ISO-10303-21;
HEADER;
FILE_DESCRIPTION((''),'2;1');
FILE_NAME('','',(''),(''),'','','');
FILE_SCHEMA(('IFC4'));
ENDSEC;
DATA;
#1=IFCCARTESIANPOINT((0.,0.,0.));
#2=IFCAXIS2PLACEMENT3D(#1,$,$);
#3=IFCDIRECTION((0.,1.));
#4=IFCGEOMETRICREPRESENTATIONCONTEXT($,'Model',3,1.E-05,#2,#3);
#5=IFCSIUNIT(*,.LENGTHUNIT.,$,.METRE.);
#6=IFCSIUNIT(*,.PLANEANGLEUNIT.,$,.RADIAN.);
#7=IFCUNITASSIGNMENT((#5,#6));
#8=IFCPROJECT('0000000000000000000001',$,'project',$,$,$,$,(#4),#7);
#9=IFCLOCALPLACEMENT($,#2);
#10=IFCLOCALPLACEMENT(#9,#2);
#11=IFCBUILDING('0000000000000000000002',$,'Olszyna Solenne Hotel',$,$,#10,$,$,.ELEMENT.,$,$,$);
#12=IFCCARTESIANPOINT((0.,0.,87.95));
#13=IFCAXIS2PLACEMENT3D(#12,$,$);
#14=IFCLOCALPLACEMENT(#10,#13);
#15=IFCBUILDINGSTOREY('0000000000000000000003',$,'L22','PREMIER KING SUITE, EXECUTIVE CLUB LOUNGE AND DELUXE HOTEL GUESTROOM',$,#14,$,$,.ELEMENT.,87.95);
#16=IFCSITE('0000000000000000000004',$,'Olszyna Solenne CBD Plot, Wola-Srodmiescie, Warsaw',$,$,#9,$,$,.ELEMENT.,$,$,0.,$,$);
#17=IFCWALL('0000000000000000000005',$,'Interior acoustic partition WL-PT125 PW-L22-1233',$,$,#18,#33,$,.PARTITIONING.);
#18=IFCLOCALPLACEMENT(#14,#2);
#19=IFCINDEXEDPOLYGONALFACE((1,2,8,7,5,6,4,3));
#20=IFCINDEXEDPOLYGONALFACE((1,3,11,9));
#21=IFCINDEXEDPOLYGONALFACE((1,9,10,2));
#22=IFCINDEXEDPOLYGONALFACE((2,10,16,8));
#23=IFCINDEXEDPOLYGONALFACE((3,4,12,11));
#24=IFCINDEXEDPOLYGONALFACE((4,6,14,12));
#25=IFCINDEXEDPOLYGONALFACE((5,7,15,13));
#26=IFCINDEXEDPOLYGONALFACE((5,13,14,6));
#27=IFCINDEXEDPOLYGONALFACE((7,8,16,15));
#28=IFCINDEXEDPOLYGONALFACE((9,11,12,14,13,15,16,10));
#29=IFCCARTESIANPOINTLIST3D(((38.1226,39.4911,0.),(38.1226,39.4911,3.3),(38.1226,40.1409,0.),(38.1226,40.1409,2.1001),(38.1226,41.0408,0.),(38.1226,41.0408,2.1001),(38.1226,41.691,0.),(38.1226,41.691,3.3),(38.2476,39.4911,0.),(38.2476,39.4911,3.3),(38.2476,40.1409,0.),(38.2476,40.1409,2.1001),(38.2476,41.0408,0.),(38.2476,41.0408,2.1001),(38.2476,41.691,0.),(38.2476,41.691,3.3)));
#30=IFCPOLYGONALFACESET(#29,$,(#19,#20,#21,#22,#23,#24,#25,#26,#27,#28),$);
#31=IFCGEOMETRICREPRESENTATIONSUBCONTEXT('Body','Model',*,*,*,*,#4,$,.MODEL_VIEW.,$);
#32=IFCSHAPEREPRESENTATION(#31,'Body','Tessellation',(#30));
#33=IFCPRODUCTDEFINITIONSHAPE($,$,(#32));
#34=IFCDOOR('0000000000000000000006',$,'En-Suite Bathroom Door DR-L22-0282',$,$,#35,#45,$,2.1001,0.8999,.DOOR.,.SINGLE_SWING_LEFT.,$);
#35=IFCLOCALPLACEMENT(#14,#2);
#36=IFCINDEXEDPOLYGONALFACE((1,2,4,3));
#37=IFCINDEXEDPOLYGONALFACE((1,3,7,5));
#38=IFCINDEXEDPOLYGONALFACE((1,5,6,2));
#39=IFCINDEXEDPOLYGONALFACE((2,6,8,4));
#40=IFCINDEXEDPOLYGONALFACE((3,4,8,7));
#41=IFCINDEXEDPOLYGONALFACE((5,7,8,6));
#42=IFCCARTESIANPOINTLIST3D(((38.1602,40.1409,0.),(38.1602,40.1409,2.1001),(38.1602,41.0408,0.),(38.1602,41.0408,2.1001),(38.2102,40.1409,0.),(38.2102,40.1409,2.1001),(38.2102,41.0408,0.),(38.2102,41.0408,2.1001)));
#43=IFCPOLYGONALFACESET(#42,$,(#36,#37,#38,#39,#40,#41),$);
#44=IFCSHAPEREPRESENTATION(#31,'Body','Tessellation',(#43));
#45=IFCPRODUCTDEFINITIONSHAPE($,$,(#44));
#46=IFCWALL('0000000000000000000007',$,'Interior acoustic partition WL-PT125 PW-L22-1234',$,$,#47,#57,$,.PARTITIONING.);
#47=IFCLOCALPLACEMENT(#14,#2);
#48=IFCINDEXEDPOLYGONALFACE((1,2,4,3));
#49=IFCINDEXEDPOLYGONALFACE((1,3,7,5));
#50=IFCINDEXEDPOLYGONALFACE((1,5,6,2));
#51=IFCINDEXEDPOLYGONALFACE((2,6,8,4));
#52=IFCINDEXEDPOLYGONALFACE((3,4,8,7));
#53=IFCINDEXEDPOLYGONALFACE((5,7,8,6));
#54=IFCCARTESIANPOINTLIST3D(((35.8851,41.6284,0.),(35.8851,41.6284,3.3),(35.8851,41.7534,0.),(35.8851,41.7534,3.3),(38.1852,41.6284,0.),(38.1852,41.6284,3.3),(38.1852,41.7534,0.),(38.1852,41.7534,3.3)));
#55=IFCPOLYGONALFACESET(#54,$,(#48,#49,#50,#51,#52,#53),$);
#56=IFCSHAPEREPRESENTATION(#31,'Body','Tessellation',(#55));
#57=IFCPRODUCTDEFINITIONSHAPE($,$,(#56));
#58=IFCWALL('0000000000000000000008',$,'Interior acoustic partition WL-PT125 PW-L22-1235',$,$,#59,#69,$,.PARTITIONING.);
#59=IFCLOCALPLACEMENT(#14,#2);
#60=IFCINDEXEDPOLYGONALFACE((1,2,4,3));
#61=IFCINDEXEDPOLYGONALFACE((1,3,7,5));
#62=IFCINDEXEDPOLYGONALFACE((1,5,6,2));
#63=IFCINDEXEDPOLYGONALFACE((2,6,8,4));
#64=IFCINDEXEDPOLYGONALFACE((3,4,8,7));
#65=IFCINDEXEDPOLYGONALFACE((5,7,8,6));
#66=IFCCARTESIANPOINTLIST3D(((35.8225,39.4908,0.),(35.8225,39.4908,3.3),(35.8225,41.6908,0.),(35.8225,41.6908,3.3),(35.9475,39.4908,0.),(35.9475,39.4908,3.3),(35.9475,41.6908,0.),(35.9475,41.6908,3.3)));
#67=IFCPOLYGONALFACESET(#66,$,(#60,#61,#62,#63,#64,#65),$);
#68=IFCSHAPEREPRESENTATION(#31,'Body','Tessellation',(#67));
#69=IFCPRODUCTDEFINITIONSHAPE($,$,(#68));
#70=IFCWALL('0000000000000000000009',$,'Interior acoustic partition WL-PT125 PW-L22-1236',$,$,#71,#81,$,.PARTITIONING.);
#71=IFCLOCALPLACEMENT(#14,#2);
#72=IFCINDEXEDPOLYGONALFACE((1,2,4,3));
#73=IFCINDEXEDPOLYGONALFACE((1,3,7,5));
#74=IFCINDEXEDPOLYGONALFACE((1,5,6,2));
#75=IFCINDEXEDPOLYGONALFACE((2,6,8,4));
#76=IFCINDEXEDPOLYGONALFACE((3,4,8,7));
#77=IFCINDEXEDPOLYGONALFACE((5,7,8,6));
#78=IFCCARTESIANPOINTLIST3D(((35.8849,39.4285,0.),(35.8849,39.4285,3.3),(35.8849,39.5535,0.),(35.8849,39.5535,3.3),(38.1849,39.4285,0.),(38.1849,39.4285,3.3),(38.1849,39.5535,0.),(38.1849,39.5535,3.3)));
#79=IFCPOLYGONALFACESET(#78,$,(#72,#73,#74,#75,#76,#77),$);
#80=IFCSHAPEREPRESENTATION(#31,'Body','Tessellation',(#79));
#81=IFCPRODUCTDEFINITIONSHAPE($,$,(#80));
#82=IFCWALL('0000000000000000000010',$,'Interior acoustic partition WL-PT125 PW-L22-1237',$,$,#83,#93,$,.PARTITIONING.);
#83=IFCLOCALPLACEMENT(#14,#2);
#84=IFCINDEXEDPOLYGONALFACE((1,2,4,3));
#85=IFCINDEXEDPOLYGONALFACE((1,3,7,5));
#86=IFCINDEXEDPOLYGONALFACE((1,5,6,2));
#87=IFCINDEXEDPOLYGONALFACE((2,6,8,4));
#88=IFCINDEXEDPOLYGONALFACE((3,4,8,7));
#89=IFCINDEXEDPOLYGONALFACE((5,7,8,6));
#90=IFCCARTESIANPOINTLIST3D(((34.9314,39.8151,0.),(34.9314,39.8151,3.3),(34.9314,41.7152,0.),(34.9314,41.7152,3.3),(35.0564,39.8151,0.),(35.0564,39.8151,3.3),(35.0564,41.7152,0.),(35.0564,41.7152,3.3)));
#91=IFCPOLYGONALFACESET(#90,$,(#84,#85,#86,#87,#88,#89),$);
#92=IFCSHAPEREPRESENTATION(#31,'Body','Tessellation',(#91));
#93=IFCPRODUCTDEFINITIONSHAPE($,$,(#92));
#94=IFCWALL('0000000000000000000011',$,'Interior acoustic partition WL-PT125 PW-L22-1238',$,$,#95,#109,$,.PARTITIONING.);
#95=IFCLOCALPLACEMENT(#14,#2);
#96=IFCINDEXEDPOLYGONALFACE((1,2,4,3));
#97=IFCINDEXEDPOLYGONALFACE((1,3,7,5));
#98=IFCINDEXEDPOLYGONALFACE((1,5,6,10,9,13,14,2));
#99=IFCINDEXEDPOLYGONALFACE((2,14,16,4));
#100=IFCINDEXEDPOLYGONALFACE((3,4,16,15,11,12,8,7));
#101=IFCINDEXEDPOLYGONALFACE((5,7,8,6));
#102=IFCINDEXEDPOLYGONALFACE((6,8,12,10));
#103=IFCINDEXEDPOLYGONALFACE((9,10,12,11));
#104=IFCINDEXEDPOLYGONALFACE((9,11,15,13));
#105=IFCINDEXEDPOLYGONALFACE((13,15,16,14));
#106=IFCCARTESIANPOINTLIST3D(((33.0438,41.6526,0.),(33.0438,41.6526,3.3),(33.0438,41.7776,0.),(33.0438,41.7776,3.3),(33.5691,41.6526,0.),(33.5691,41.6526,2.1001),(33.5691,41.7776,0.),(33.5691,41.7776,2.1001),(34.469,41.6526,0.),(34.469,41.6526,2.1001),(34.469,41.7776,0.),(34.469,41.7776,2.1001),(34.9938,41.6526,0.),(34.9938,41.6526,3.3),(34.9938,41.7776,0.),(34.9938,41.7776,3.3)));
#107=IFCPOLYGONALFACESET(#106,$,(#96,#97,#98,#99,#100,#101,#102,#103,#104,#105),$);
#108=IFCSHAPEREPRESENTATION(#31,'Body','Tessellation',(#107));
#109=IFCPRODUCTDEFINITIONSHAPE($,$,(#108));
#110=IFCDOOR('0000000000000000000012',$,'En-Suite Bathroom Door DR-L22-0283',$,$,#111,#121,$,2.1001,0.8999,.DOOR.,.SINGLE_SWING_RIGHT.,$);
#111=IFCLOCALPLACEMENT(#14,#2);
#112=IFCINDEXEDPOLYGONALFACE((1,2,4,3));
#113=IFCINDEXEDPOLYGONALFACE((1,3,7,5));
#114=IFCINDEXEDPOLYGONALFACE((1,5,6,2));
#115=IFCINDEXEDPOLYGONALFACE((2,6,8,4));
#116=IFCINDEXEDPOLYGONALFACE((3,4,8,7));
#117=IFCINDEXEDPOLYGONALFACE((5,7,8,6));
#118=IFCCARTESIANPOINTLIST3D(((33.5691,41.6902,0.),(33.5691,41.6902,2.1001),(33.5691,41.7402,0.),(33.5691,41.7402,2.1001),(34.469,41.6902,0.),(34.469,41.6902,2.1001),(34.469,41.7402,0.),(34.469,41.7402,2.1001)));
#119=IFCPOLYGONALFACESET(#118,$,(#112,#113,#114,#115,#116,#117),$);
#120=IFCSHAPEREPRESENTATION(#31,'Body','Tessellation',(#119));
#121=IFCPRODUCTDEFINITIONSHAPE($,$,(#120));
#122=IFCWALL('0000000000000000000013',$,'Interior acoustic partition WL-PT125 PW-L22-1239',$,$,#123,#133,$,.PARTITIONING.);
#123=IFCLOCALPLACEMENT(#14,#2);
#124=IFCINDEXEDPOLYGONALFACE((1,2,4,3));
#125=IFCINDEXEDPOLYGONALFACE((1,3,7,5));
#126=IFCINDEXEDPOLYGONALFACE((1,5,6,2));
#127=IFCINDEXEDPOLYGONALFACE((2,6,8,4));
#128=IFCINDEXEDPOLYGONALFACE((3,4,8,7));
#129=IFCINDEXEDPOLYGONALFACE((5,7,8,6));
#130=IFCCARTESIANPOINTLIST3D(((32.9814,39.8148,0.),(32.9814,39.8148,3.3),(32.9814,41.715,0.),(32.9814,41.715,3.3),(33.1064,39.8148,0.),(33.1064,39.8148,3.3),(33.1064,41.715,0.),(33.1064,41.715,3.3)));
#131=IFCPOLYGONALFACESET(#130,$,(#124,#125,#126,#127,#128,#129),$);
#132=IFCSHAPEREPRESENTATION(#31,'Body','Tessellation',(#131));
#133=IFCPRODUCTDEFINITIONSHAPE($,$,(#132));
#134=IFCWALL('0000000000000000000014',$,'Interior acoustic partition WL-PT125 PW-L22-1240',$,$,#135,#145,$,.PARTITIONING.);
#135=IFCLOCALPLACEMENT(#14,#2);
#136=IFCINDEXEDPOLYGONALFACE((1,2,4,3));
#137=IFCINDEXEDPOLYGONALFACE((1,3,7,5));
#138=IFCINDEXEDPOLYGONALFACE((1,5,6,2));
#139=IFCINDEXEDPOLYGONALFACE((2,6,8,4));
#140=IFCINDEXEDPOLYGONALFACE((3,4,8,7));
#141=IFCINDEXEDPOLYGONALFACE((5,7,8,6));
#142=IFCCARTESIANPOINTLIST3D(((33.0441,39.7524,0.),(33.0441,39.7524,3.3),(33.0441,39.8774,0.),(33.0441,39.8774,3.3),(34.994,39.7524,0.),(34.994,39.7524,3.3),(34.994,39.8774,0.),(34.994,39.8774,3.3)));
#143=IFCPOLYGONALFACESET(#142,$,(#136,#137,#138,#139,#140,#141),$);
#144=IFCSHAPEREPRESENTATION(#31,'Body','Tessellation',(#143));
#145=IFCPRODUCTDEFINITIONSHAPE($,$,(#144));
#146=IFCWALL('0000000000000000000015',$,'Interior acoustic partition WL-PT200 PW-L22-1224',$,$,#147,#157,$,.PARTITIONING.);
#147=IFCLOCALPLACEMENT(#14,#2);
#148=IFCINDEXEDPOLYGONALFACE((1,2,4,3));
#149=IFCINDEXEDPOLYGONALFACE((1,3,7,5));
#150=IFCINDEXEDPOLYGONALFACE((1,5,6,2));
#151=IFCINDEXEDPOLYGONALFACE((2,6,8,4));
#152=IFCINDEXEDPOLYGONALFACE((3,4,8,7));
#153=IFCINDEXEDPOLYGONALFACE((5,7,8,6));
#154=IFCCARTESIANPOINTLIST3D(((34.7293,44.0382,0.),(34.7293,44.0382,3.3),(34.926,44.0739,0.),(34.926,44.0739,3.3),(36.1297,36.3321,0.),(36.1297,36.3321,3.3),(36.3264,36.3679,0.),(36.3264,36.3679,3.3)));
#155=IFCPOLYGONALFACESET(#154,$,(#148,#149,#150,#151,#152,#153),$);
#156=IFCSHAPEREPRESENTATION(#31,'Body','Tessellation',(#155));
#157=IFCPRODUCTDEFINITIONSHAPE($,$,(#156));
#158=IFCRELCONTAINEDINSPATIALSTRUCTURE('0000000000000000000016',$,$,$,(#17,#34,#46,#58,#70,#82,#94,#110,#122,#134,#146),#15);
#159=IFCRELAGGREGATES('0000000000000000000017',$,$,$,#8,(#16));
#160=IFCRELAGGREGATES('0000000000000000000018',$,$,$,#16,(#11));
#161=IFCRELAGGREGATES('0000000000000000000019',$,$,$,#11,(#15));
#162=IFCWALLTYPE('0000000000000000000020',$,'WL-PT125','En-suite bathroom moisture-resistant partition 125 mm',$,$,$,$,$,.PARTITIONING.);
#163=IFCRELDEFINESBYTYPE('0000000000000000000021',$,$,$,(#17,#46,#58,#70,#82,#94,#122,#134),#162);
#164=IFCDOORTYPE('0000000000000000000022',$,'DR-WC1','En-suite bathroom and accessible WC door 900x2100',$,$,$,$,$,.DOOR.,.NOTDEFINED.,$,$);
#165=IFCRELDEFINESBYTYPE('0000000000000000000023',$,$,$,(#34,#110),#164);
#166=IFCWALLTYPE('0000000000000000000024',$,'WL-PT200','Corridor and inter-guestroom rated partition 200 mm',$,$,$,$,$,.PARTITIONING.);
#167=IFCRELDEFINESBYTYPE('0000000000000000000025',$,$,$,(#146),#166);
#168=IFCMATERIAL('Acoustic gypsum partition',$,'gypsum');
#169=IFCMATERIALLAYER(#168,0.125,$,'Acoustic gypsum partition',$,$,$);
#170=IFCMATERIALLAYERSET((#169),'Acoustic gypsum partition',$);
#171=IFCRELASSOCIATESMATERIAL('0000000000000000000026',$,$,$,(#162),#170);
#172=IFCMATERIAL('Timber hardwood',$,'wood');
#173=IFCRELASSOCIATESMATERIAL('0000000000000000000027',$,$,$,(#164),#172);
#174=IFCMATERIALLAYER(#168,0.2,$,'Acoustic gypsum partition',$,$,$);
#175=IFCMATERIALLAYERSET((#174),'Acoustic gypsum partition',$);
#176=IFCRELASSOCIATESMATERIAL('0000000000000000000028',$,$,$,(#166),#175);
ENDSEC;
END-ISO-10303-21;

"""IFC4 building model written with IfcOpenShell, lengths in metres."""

from ifc_helpers import new_model, si_unit, direction, frame, frame_2d, origin, place, context, subcontext, project, spatial, rectangle, extrude, source, transform, mapped, material, layer, layer_set, type_object, type_shapes, element, fill, save


model = new_model("IFC4")

# Units and contexts
model_context = context("Model", 3, precision=1e-05, world=origin(), true_north=direction((0.0, 1.0)))
body_context = subcontext(model_context, "Body", "Model", "MODEL_VIEW")
ifc_project = project(units=[si_unit("LENGTHUNIT", "METRE"), si_unit("PLANEANGLEUNIT", "RADIAN")], contexts=[model_context])

# Site, building, storey
site_placement = place(None, origin())
site = spatial("IfcSite", under=ifc_project, at=site_placement, Name="Olszyna Solenne CBD Plot, Wola-Srodmiescie, Warsaw", CompositionType="ELEMENT", RefElevation=0.0)
building_placement = place(site_placement, origin())
building = spatial("IfcBuilding", under=site, at=building_placement, Name="Olszyna Solenne Hotel", CompositionType="ELEMENT")
storey_placement = place(building_placement, frame((0.0, 0.0, 87.95)))
storey = spatial("IfcBuildingStorey", under=building, at=storey_placement, Name="L22", Description="PREMIER KING SUITE, EXECUTIVE CLUB LOUNGE AND DELUXE HOTEL GUESTROOM", CompositionType="ELEMENT", Elevation=87.95)

# Wall, opening, door
ifc_material_1 = material(Name="Acoustic gypsum partition", Category="gypsum")
ifc_layer_1 = layer(ifc_material_1, 0.125, Name="Acoustic gypsum partition")
ifc_layer_set_1 = layer_set([ifc_layer_1], Name="Acoustic gypsum partition")
wall_type_1 = type_object("IfcWallType", Name="WL-PT125", Description="En-suite bathroom moisture-resistant partition 125 mm", PredefinedType="PARTITIONING", material=ifc_layer_set_1)
wall_1_placement = place(storey_placement, frame((38.1851, 39.491, 0.0), z_axis=(0.0, 0.0, 1.0), x_axis=(0.0, 1.0, 0.0)))
wall_1 = element("IfcWall", 1, at=wall_1_placement, inside=storey, type_object=wall_type_1, Name="Interior acoustic partition WL-PT125 PW-L22-1233", PredefinedType="PARTITIONING", context=body_context, shape_type="SweptSolid", body=[
    extrude(rectangle(XDim=2.2, YDim=0.125, at=frame_2d((1.1001, 0.0))), origin(), (0.0, 0.0, 1.0), 3.3),
])
opening_1_placement = place(wall_1_placement, frame((0.6499, 0.0, 0.0)))
opening_1 = element("IfcOpeningElement", 2, at=opening_1_placement, cuts=wall_1, PredefinedType="OPENING", context=body_context, shape_type="SweptSolid", body=[
    extrude(rectangle(XDim=0.8999, YDim=2.1001, at=frame_2d((0.45, 1.05))), frame((0.0, 0.0725, 0.0), z_axis=(0.0, -1.0, 0.0), x_axis=(1.0, 0.0, 0.0)), (0.0, 0.0, 1.0), 0.145),
])
ifc_material_2 = material(Name="Timber hardwood", Category="wood")
door_type = type_object("IfcDoorType", Name="DR-WC1", Description="En-suite bathroom and accessible WC door 900x2100", OperationType="NOTDEFINED", PredefinedType="DOOR", material=ifc_material_2)
shared_shape_1 = source(origin(), body_context, "Body", "SweptSolid", [
    extrude(rectangle(XDim=0.8999, YDim=2.1001, at=frame_2d((0.45, 1.05))), frame((0.0, 0.0249, 0.0), z_axis=(0.0, -1.0, 0.0), x_axis=(1.0, 0.0, 0.0)), (0.0, 0.0, 1.0), 0.05),
])
type_shapes(door_type, [shared_shape_1])
door_1_placement = place(opening_1_placement, origin())
door_1 = element("IfcDoor", 3, at=door_1_placement, inside=storey, type_object=door_type, Name="En-Suite Bathroom Door DR-L22-0282", OperationType="SINGLE_SWING_LEFT", OverallHeight=2.1001, OverallWidth=0.8999, PredefinedType="DOOR", context=body_context, shape_type="MappedRepresentation", body=[
    mapped(shared_shape_1, transform((0.0, 0.0, 0.0), x_axis=(1.0, 0.0, 0.0), y_axis=(0.0, 1.0, 0.0), z_axis=(0.0, 0.0, 1.0), scale=1.0)),
])
fill(opening_1, door_1)

# Walls
wall_2_placement = place(storey_placement, frame((38.1851, 41.6909, 0.0), z_axis=(0.0, 0.0, 1.0), x_axis=(-1.0, 0.0, 0.0)))
element("IfcWall", 4, at=wall_2_placement, inside=storey, type_object=wall_type_1, Name="Interior acoustic partition WL-PT125 PW-L22-1234", PredefinedType="PARTITIONING", context=body_context, shape_type="SweptSolid", body=[
    extrude(rectangle(XDim=2.3, YDim=0.125, at=frame_2d((1.1499, 0.0))), origin(), (0.0, 0.0, 1.0), 3.3),
])
wall_3_placement = place(storey_placement, frame((35.885, 41.6909, 0.0), z_axis=(0.0, 0.0, 1.0), x_axis=(0.0, -1.0, 0.0)))
element("IfcWall", 5, at=wall_3_placement, inside=storey, type_object=wall_type_1, Name="Interior acoustic partition WL-PT125 PW-L22-1235", PredefinedType="PARTITIONING", context=body_context, shape_type="SweptSolid", body=[
    extrude(rectangle(XDim=2.2, YDim=0.125, at=frame_2d((1.1001, 0.0))), origin(), (0.0, 0.0, 1.0), 3.3),
])
wall_4_placement = place(storey_placement, frame((35.885, 39.491, 0.0), z_axis=(0.0, 0.0, 1.0), x_axis=(1.0, 0.0, 0.0)))
element("IfcWall", 6, at=wall_4_placement, inside=storey, type_object=wall_type_1, Name="Interior acoustic partition WL-PT125 PW-L22-1236", PredefinedType="PARTITIONING", context=body_context, shape_type="SweptSolid", body=[
    extrude(rectangle(XDim=2.3, YDim=0.125, at=frame_2d((1.1499, 0.0))), origin(), (0.0, 0.0, 1.0), 3.3),
])
wall_5_placement = place(storey_placement, frame((34.9939, 39.8149, 0.0), z_axis=(0.0, 0.0, 1.0), x_axis=(0.0, 1.0, 0.0)))
element("IfcWall", 7, at=wall_5_placement, inside=storey, type_object=wall_type_1, Name="Interior acoustic partition WL-PT125 PW-L22-1237", PredefinedType="PARTITIONING", context=body_context, shape_type="SweptSolid", body=[
    extrude(rectangle(XDim=1.9001, YDim=0.125, at=frame_2d((0.9502, 0.0))), origin(), (0.0, 0.0, 1.0), 3.3),
])

# Wall, opening, door
wall_6_placement = place(storey_placement, frame((34.9939, 41.7151, 0.0), z_axis=(0.0, 0.0, 1.0), x_axis=(-1.0, 0.0, 0.0)))
wall_6 = element("IfcWall", 8, at=wall_6_placement, inside=storey, type_object=wall_type_1, Name="Interior acoustic partition WL-PT125 PW-L22-1238", PredefinedType="PARTITIONING", context=body_context, shape_type="SweptSolid", body=[
    extrude(rectangle(XDim=1.95, YDim=0.125, at=frame_2d((0.9751, 0.0))), origin(), (0.0, 0.0, 1.0), 3.3),
])
opening_2_placement = place(wall_6_placement, frame((0.5249, 0.0, 0.0)))
opening_2 = element("IfcOpeningElement", 9, at=opening_2_placement, cuts=wall_6, PredefinedType="OPENING", context=body_context, shape_type="SweptSolid", body=[
    extrude(rectangle(XDim=0.8999, YDim=2.1001, at=frame_2d((0.45, 1.05))), frame((0.0, 0.0725, 0.0), z_axis=(0.0, -1.0, 0.0), x_axis=(1.0, 0.0, 0.0)), (0.0, 0.0, 1.0), 0.145),
])
door_2_placement = place(opening_2_placement, origin())
door_2 = element("IfcDoor", 10, at=door_2_placement, inside=storey, type_object=door_type, Name="En-Suite Bathroom Door DR-L22-0283", OperationType="SINGLE_SWING_RIGHT", OverallHeight=2.1001, OverallWidth=0.8999, PredefinedType="DOOR", context=body_context, shape_type="MappedRepresentation", body=[
    mapped(shared_shape_1, transform((0.0, 0.0, 0.0), x_axis=(1.0, 0.0, 0.0), y_axis=(0.0, 1.0, 0.0), z_axis=(0.0, 0.0, 1.0), scale=1.0)),
])
fill(opening_2, door_2)

# Walls
wall_7_placement = place(storey_placement, frame((33.0439, 41.7151, 0.0), z_axis=(0.0, 0.0, 1.0), x_axis=(0.0, -1.0, 0.0)))
element("IfcWall", 11, at=wall_7_placement, inside=storey, type_object=wall_type_1, Name="Interior acoustic partition WL-PT125 PW-L22-1239", PredefinedType="PARTITIONING", context=body_context, shape_type="SweptSolid", body=[
    extrude(rectangle(XDim=1.9001, YDim=0.125, at=frame_2d((0.9502, 0.0))), origin(), (0.0, 0.0, 1.0), 3.3),
])
wall_8_placement = place(storey_placement, frame((33.0439, 39.8149, 0.0), z_axis=(0.0, 0.0, 1.0), x_axis=(1.0, 0.0, 0.0)))
element("IfcWall", 12, at=wall_8_placement, inside=storey, type_object=wall_type_1, Name="Interior acoustic partition WL-PT125 PW-L22-1240", PredefinedType="PARTITIONING", context=body_context, shape_type="SweptSolid", body=[
    extrude(rectangle(XDim=1.95, YDim=0.125, at=frame_2d((0.9751, 0.0))), origin(), (0.0, 0.0, 1.0), 3.3),
])
ifc_layer_2 = layer(ifc_material_1, 0.2, Name="Acoustic gypsum partition")
ifc_layer_set_2 = layer_set([ifc_layer_2], Name="Acoustic gypsum partition")
wall_type_2 = type_object("IfcWallType", Name="WL-PT200", Description="Corridor and inter-guestroom rated partition 200 mm", PredefinedType="PARTITIONING", material=ifc_layer_set_2)
wall_9_placement = place(storey_placement, frame((36.228, 36.3501, 0.0), z_axis=(0.0, 0.0, 1.0), x_axis=(-0.178798, 0.983886, 0.0)))
element("IfcWall", 13, at=wall_9_placement, inside=storey, type_object=wall_type_2, Name="Interior acoustic partition WL-PT200 PW-L22-1224", PredefinedType="PARTITIONING", context=body_context, shape_type="SweptSolid", body=[
    extrude(rectangle(XDim=7.8323, YDim=0.2, at=frame_2d((3.916, 0.0))), origin(), (0.0, 0.0, 1.0), 3.3),
])

save(model, "model.ifc")
